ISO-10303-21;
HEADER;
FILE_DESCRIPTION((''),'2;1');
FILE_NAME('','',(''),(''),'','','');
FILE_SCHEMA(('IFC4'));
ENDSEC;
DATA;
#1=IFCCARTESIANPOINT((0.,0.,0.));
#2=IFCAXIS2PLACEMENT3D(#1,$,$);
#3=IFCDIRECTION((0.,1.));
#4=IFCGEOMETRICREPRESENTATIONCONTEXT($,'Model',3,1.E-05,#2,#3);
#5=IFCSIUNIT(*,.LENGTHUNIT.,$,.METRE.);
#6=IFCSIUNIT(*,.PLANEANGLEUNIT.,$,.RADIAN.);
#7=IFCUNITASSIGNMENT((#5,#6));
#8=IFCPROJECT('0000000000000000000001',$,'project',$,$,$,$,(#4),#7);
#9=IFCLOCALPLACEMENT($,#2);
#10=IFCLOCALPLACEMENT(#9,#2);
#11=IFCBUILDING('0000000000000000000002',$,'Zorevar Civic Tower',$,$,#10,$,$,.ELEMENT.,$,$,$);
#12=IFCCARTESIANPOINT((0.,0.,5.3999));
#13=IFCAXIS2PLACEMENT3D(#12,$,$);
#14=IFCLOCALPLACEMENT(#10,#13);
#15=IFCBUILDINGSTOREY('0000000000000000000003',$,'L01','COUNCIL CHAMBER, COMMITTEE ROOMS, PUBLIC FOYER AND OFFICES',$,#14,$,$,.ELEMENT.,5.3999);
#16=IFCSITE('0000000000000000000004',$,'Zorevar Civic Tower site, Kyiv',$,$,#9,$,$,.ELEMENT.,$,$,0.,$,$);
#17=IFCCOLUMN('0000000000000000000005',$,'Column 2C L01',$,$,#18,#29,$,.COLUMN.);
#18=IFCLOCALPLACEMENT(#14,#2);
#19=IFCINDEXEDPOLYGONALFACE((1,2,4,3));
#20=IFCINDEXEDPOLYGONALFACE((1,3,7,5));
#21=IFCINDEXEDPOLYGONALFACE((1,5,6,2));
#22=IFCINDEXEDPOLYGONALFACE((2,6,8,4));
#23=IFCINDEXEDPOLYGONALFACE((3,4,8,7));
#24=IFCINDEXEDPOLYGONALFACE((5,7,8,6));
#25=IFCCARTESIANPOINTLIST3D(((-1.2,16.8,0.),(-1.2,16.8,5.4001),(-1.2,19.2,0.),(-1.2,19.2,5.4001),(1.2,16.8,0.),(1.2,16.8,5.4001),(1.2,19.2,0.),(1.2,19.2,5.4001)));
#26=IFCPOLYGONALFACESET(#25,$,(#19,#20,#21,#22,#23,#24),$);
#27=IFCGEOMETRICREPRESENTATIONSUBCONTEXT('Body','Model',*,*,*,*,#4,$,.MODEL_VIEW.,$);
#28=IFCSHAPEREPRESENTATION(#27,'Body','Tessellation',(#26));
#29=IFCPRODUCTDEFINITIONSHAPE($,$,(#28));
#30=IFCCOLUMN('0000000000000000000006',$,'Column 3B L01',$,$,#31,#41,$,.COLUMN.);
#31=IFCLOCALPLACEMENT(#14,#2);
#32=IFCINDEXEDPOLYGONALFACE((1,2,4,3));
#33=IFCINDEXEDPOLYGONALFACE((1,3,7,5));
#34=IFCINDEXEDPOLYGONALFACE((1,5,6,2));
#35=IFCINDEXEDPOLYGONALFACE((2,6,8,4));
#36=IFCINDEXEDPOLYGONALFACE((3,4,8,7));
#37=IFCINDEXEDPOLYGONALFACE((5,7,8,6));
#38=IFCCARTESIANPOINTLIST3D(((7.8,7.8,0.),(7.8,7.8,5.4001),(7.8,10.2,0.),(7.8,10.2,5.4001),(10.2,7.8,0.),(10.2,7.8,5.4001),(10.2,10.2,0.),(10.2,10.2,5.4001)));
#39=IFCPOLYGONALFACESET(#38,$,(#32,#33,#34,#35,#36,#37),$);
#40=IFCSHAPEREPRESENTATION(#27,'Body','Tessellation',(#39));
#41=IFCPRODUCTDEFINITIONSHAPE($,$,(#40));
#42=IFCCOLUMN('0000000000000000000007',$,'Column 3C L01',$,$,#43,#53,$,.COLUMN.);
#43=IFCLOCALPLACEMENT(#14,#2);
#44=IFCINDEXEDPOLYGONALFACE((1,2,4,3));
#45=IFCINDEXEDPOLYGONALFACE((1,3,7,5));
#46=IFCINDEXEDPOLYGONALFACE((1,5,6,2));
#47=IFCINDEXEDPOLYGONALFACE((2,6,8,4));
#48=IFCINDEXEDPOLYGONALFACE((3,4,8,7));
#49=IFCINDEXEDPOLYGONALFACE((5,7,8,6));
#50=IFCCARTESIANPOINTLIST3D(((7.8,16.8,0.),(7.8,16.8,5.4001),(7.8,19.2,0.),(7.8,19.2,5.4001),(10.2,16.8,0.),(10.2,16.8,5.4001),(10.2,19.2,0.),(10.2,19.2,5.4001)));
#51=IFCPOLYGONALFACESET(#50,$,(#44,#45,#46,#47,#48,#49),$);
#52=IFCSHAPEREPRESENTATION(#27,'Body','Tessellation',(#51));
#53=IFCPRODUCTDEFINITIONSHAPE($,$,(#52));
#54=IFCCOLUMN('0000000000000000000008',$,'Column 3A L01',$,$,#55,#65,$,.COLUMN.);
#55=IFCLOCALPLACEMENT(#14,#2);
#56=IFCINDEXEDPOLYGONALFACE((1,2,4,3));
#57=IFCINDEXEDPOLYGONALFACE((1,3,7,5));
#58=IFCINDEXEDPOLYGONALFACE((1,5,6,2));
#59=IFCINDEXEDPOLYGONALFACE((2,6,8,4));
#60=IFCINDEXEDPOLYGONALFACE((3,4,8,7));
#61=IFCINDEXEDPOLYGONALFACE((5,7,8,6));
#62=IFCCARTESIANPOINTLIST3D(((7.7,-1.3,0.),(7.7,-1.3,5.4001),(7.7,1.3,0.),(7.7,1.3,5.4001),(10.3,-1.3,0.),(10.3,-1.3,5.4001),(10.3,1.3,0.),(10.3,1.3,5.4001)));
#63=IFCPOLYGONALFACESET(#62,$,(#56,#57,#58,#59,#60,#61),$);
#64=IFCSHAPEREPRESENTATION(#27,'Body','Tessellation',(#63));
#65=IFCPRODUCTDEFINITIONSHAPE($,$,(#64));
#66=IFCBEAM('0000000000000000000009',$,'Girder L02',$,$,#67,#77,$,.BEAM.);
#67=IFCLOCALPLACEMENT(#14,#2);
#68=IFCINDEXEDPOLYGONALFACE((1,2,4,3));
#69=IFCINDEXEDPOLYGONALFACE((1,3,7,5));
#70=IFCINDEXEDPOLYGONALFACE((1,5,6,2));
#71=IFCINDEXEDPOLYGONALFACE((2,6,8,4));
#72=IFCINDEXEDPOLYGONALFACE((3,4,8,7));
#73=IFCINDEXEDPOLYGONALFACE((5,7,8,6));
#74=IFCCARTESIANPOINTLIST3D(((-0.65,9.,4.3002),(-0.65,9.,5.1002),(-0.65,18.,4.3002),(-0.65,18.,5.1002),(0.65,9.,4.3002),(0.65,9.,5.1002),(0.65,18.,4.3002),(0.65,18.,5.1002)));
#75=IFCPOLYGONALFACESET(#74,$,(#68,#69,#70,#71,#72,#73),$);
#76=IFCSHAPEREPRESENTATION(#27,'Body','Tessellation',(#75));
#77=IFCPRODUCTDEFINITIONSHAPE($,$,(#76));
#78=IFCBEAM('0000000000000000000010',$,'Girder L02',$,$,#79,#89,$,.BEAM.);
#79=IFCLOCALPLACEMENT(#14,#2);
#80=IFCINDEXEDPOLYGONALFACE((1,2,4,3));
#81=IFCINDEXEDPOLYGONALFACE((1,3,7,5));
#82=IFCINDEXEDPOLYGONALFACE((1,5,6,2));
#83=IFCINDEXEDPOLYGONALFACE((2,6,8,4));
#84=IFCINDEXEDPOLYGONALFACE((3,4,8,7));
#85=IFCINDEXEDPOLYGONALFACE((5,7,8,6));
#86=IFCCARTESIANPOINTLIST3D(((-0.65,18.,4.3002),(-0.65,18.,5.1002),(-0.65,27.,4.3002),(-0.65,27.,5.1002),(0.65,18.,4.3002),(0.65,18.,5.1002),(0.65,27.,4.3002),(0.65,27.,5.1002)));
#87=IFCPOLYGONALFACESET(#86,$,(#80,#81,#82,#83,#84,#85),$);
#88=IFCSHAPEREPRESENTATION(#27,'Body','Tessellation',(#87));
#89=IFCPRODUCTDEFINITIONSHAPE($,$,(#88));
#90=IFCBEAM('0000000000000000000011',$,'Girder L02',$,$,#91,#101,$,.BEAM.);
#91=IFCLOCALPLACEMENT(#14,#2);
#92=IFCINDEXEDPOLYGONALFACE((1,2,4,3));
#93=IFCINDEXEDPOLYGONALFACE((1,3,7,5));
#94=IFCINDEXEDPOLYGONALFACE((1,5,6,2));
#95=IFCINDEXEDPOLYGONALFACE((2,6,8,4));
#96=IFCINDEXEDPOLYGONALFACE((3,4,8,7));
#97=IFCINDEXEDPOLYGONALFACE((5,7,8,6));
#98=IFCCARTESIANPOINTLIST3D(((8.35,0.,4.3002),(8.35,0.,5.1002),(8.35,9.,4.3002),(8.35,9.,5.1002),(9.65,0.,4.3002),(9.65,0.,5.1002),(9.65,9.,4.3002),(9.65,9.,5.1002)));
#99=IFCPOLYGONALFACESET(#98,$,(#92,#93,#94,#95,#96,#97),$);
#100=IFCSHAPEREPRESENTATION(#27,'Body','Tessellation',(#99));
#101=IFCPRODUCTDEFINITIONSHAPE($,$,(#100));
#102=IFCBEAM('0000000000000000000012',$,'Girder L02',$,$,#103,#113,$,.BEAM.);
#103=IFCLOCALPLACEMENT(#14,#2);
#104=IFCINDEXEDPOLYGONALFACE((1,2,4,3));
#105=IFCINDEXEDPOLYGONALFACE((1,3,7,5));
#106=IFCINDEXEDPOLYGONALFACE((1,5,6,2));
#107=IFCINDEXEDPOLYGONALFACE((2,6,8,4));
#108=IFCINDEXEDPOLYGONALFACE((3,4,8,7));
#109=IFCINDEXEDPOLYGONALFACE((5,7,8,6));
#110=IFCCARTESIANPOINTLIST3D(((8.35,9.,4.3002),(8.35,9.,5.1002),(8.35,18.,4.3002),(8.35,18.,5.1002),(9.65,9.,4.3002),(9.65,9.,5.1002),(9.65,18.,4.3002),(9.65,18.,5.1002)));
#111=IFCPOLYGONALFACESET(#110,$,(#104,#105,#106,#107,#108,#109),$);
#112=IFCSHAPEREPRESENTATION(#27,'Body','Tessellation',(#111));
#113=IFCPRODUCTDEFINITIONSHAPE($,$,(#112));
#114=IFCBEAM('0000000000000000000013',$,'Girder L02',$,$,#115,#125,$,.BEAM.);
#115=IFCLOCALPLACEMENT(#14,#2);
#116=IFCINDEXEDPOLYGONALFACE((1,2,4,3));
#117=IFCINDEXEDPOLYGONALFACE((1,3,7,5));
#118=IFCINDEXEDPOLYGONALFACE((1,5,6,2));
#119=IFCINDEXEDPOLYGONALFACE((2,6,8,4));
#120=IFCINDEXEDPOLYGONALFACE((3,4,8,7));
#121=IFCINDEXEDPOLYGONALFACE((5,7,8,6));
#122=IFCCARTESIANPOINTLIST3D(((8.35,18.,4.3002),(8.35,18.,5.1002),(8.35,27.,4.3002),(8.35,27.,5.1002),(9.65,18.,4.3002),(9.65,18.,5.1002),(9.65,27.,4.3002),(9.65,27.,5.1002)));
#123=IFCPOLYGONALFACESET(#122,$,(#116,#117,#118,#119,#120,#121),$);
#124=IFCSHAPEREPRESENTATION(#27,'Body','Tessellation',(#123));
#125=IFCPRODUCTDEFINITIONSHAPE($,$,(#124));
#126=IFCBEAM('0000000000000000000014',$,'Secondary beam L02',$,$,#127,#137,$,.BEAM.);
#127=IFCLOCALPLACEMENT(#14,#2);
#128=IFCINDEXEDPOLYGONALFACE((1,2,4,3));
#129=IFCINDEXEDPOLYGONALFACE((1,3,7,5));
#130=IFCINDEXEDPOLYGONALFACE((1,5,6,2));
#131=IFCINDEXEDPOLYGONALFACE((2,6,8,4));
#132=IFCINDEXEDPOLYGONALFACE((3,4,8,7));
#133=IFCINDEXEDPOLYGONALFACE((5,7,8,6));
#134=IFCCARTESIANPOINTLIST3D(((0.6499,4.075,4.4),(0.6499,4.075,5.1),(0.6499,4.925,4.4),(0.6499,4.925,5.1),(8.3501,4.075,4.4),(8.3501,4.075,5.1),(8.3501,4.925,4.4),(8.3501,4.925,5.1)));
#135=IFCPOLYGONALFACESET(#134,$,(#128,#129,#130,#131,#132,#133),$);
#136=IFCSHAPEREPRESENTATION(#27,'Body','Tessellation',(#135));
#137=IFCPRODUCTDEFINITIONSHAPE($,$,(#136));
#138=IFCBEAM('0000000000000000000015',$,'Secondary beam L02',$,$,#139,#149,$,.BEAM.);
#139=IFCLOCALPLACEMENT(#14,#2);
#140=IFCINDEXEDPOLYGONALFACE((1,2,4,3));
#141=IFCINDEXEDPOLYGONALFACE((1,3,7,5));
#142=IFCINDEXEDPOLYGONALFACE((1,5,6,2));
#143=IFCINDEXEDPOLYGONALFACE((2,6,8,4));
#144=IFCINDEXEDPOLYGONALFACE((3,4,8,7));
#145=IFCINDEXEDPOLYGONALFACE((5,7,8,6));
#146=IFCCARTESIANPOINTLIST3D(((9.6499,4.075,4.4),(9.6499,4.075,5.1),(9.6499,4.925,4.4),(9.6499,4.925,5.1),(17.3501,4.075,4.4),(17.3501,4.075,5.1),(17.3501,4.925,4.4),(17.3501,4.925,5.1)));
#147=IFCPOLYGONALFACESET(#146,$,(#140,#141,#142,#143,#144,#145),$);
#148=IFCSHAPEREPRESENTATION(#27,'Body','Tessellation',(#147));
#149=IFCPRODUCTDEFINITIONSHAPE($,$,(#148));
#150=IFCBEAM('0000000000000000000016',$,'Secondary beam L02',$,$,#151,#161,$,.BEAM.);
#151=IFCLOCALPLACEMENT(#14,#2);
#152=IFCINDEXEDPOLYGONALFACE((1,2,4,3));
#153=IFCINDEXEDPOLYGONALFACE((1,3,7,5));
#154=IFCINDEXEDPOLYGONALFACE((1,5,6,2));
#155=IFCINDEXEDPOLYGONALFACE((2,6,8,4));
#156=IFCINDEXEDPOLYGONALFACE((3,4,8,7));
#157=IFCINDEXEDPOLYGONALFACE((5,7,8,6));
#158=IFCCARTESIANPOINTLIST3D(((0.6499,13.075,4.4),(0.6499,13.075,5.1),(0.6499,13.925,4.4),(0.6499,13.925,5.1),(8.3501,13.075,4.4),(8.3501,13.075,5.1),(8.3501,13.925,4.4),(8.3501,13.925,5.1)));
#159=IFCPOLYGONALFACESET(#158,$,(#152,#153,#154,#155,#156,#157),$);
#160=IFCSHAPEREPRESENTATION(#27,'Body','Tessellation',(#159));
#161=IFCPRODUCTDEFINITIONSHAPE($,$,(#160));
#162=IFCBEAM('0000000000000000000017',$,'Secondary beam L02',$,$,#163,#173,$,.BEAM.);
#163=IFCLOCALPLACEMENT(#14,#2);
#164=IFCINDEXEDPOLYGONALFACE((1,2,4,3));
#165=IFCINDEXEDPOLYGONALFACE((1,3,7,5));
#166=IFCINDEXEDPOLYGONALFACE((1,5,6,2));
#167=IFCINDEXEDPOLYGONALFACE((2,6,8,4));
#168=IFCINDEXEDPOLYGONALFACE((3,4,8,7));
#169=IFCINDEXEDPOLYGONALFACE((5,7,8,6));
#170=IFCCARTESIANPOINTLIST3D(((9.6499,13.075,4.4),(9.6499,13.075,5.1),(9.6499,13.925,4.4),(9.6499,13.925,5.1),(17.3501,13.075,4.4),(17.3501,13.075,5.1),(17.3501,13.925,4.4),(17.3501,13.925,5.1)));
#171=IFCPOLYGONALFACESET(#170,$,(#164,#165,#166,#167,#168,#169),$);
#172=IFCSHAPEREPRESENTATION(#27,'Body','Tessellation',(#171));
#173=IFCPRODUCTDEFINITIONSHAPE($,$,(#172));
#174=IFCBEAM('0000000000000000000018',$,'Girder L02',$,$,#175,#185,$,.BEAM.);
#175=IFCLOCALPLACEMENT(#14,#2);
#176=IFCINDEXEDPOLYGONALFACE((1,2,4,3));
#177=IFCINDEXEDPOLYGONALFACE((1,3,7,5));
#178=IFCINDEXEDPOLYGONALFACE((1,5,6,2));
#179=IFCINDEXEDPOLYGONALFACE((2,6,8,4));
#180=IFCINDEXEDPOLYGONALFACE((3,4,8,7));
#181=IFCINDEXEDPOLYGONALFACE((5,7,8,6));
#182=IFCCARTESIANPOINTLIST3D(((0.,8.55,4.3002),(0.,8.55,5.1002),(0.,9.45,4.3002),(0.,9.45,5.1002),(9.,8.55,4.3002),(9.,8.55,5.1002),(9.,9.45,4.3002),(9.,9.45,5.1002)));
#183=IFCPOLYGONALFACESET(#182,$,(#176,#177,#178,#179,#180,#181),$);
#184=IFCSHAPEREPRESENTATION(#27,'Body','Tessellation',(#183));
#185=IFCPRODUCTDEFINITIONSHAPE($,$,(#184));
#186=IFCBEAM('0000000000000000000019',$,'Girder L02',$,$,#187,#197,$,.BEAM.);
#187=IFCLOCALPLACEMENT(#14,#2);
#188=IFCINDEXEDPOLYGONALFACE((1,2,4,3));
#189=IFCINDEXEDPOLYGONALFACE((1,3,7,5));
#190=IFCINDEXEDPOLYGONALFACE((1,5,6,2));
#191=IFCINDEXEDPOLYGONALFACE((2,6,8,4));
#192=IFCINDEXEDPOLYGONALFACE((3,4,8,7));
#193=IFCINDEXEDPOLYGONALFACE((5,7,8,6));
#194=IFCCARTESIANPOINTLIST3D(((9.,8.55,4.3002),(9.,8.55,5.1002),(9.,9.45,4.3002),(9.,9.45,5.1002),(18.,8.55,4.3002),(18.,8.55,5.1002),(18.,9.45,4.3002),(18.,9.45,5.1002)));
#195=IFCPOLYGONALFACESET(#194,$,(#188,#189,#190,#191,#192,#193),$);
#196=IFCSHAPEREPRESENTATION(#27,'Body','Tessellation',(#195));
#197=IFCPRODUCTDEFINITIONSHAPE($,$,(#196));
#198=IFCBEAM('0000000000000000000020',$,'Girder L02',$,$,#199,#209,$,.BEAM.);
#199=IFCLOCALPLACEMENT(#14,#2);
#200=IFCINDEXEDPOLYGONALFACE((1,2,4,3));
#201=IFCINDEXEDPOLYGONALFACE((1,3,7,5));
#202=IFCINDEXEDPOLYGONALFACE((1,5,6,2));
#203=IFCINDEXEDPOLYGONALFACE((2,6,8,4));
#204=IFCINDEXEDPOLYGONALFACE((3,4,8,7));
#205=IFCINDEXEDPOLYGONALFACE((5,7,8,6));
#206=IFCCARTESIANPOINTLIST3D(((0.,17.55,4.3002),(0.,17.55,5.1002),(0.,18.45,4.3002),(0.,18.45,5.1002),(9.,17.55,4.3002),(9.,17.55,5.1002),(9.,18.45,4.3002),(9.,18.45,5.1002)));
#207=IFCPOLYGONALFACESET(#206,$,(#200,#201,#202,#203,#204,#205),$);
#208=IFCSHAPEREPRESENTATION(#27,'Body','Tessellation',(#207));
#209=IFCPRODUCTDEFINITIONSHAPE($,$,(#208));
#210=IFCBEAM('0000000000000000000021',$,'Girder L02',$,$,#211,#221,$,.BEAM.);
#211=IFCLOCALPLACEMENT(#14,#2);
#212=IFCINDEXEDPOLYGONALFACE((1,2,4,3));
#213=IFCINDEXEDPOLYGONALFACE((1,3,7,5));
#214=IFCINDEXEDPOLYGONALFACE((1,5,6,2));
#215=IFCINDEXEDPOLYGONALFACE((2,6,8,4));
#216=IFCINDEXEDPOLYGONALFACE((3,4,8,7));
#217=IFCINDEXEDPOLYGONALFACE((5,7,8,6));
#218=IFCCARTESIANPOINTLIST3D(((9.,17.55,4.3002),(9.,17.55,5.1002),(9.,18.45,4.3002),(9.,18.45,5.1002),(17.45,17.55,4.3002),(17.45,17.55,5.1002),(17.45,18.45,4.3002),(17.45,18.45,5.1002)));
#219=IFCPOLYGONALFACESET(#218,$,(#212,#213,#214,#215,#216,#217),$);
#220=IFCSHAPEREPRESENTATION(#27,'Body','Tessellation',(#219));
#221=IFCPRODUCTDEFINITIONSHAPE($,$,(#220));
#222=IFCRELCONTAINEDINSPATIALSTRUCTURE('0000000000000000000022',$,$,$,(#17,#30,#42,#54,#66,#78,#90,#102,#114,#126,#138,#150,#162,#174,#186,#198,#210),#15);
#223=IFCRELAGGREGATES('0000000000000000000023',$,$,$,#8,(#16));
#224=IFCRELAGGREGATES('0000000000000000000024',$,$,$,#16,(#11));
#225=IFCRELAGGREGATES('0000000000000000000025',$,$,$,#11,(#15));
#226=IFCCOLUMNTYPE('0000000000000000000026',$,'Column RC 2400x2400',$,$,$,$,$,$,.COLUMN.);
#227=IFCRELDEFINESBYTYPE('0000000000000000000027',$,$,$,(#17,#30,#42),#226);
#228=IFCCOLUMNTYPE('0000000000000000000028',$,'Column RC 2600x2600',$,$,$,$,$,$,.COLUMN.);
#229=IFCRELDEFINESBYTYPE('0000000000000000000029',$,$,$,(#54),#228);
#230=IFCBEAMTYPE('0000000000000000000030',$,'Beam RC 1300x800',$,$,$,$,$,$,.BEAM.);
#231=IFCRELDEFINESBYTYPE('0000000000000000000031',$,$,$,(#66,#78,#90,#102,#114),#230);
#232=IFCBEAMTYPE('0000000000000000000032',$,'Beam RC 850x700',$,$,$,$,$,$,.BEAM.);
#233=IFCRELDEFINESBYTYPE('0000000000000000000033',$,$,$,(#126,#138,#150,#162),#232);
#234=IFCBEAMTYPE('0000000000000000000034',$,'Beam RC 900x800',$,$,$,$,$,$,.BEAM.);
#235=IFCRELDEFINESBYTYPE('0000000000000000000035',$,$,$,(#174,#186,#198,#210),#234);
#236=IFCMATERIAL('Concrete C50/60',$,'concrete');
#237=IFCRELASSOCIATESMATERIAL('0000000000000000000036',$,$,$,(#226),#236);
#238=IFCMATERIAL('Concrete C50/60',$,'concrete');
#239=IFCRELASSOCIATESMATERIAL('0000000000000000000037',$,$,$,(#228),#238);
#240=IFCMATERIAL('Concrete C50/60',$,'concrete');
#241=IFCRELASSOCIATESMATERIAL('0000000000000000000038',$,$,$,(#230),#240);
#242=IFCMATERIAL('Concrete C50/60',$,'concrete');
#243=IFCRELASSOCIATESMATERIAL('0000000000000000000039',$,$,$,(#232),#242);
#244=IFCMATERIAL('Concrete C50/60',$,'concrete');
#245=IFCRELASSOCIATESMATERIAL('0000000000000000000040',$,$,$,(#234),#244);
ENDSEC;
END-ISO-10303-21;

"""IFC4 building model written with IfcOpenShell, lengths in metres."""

from ifc_helpers import new_model, si_unit, direction, frame, origin, origin_2d, place, context, subcontext, project, spatial, rectangle, extrude, material, material_profile, profile_set, type_object, element, save


model = new_model("IFC4")

# Units and contexts
model_context = context("Model", 3, precision=1e-05, world=origin(), true_north=direction((0.0, 1.0)))
body_context = subcontext(model_context, "Body", "Model", "MODEL_VIEW")
ifc_project = project(units=[si_unit("LENGTHUNIT", "METRE"), si_unit("PLANEANGLEUNIT", "RADIAN")], contexts=[model_context])

# Site, building, storey
site_placement = place(None, origin())
site = spatial("IfcSite", under=ifc_project, at=site_placement, Name="Zorevar Civic Tower site, Kyiv", CompositionType="ELEMENT", RefElevation=0.0)
building_placement = place(site_placement, origin())
building = spatial("IfcBuilding", under=site, at=building_placement, Name="Zorevar Civic Tower", CompositionType="ELEMENT")
storey_placement = place(building_placement, frame((0.0, 0.0, 5.3999)))
storey = spatial("IfcBuildingStorey", under=building, at=storey_placement, Name="L01", Description="COUNCIL CHAMBER, COMMITTEE ROOMS, PUBLIC FOYER AND OFFICES", CompositionType="ELEMENT", Elevation=5.3999)

# Columns
ifc_material_1 = material(Name="Concrete C50/60", Category="concrete")
ifc_material_profile_1 = material_profile(ifc_material_1, rectangle(XDim=2.3999, YDim=2.3999, at=origin_2d()), Name="RC 2400x2400")
ifc_profile_set_1 = profile_set([ifc_material_profile_1], Name="Concrete C50/60")
column_type_1 = type_object("IfcColumnType", Name="Column RC 2400x2400", PredefinedType="COLUMN", material=ifc_profile_set_1)
for number, where, z_axis, x_axis, name in (
    (1, (0.0, 18.0, 0.0), (0.0, 0.0, 1.0), (1.0, 0.0, 0.0), "Column 2C L01"),
    (2, (9.0, 9.0, 0.0), (0.0, 0.0, 1.0), (1.0, 0.0, 0.0), "Column 3B L01"),
    (3, (9.0, 18.0, 0.0), (0.0, 0.0, 1.0), (1.0, 0.0, 0.0), "Column 3C L01"),
):
    element("IfcColumn", number, at=place(storey_placement, frame(where, z_axis=z_axis, x_axis=x_axis)), inside=storey, type_object=column_type_1, Name=name, PredefinedType="COLUMN", context=body_context, shape_type="SweptSolid", body=[
        extrude(rectangle(XDim=2.3999, YDim=2.3999, at=origin_2d()), origin(), (0.0, 0.0, 1.0), 5.4001),
    ])
ifc_material_2 = material(Name="Concrete C50/60", Category="concrete")
ifc_material_profile_2 = material_profile(ifc_material_2, rectangle(XDim=2.6001, YDim=2.6001, at=origin_2d()), Name="RC 2600x2600")
ifc_profile_set_2 = profile_set([ifc_material_profile_2], Name="Concrete C50/60")
column_type_2 = type_object("IfcColumnType", Name="Column RC 2600x2600", PredefinedType="COLUMN", material=ifc_profile_set_2)
column_placement = place(storey_placement, frame((9.0, 0.0, 0.0), z_axis=(0.0, 0.0, 1.0), x_axis=(1.0, 0.0, 0.0)))
element("IfcColumn", 4, at=column_placement, inside=storey, type_object=column_type_2, Name="Column 3A L01", PredefinedType="COLUMN", context=body_context, shape_type="SweptSolid", body=[
    extrude(rectangle(XDim=2.6001, YDim=2.6001, at=origin_2d()), origin(), (0.0, 0.0, 1.0), 5.4001),
])

# Beams
ifc_material_3 = material(Name="Concrete C50/60", Category="concrete")
ifc_material_profile_3 = material_profile(ifc_material_3, rectangle(XDim=1.3, YDim=0.8, at=origin_2d()), Name="RC 1300x800")
ifc_profile_set_3 = profile_set([ifc_material_profile_3], Name="Concrete C50/60")
beam_type_1 = type_object("IfcBeamType", Name="Beam RC 1300x800", PredefinedType="BEAM", material=ifc_profile_set_3)
for number, where, z_axis, x_axis, name in (
    (5, (0.0, 9.0, 4.7002), (0.0, 1.0, 0.0), (-1.0, 0.0, 0.0), "Girder L02"),
    (6, (0.0, 18.0, 4.7002), (0.0, 1.0, 0.0), (-1.0, 0.0, 0.0), "Girder L02"),
    (7, (9.0, 0.0, 4.7002), (0.0, 1.0, 0.0), (-1.0, 0.0, 0.0), "Girder L02"),
    (8, (9.0, 9.0, 4.7002), (0.0, 1.0, 0.0), (-1.0, 0.0, 0.0), "Girder L02"),
    (9, (9.0, 18.0, 4.7002), (0.0, 1.0, 0.0), (-1.0, 0.0, 0.0), "Girder L02"),
):
    element("IfcBeam", number, at=place(storey_placement, frame(where, z_axis=z_axis, x_axis=x_axis)), inside=storey, type_object=beam_type_1, Name=name, PredefinedType="BEAM", context=body_context, shape_type="SweptSolid", body=[
        extrude(rectangle(XDim=1.3, YDim=0.8, at=origin_2d()), origin(), (0.0, 0.0, 1.0), 9.0),
    ])
ifc_material_4 = material(Name="Concrete C50/60", Category="concrete")
ifc_material_profile_4 = material_profile(ifc_material_4, rectangle(XDim=0.8501, YDim=0.7, at=origin_2d()), Name="RC 850x700")
ifc_profile_set_4 = profile_set([ifc_material_profile_4], Name="Concrete C50/60")
beam_type_2 = type_object("IfcBeamType", Name="Beam RC 850x700", PredefinedType="BEAM", material=ifc_profile_set_4)
for number, where, z_axis, x_axis, name in (
    (10, (0.6499, 4.5, 4.75), (1.0, 0.0, 0.0), (0.0, 1.0, 0.0), "Secondary beam L02"),
    (11, (9.6499, 4.5, 4.75), (1.0, 0.0, 0.0), (0.0, 1.0, 0.0), "Secondary beam L02"),
    (12, (0.6499, 13.5, 4.75), (1.0, 0.0, 0.0), (0.0, 1.0, 0.0), "Secondary beam L02"),
    (13, (9.6499, 13.5, 4.75), (1.0, 0.0, 0.0), (0.0, 1.0, 0.0), "Secondary beam L02"),
):
    element("IfcBeam", number, at=place(storey_placement, frame(where, z_axis=z_axis, x_axis=x_axis)), inside=storey, type_object=beam_type_2, Name=name, PredefinedType="BEAM", context=body_context, shape_type="SweptSolid", body=[
        extrude(rectangle(XDim=0.8501, YDim=0.7, at=origin_2d()), origin(), (0.0, 0.0, 1.0), 7.7002),
    ])
ifc_material_5 = material(Name="Concrete C50/60", Category="concrete")
ifc_material_profile_5 = material_profile(ifc_material_5, rectangle(XDim=0.8999, YDim=0.8, at=origin_2d()), Name="RC 900x800")
ifc_profile_set_5 = profile_set([ifc_material_profile_5], Name="Concrete C50/60")
beam_type_3 = type_object("IfcBeamType", Name="Beam RC 900x800", PredefinedType="BEAM", material=ifc_profile_set_5)
for number, where, z_axis, x_axis, name in (
    (14, (0.0, 9.0, 4.7002), (1.0, 0.0, 0.0), (0.0, 1.0, 0.0), "Girder L02"),
    (15, (9.0, 9.0, 4.7002), (1.0, 0.0, 0.0), (0.0, 1.0, 0.0), "Girder L02"),
    (16, (0.0, 18.0, 4.7002), (1.0, 0.0, 0.0), (0.0, 1.0, 0.0), "Girder L02"),
):
    element("IfcBeam", number, at=place(storey_placement, frame(where, z_axis=z_axis, x_axis=x_axis)), inside=storey, type_object=beam_type_3, Name=name, PredefinedType="BEAM", context=body_context, shape_type="SweptSolid", body=[
        extrude(rectangle(XDim=0.8999, YDim=0.8, at=origin_2d()), origin(), (0.0, 0.0, 1.0), 9.0),
    ])
beam_1_placement = place(storey_placement, frame((9.0, 18.0, 4.7002), z_axis=(1.0, 0.0, 0.0), x_axis=(0.0, 1.0, 0.0)))
element("IfcBeam", 17, at=beam_1_placement, inside=storey, type_object=beam_type_3, Name="Girder L02", PredefinedType="BEAM", context=body_context, shape_type="SweptSolid", body=[
    extrude(rectangle(XDim=0.8999, YDim=0.8, at=origin_2d()), origin(), (0.0, 0.0, 1.0), 8.45),
])

save(model, "model.ifc")
